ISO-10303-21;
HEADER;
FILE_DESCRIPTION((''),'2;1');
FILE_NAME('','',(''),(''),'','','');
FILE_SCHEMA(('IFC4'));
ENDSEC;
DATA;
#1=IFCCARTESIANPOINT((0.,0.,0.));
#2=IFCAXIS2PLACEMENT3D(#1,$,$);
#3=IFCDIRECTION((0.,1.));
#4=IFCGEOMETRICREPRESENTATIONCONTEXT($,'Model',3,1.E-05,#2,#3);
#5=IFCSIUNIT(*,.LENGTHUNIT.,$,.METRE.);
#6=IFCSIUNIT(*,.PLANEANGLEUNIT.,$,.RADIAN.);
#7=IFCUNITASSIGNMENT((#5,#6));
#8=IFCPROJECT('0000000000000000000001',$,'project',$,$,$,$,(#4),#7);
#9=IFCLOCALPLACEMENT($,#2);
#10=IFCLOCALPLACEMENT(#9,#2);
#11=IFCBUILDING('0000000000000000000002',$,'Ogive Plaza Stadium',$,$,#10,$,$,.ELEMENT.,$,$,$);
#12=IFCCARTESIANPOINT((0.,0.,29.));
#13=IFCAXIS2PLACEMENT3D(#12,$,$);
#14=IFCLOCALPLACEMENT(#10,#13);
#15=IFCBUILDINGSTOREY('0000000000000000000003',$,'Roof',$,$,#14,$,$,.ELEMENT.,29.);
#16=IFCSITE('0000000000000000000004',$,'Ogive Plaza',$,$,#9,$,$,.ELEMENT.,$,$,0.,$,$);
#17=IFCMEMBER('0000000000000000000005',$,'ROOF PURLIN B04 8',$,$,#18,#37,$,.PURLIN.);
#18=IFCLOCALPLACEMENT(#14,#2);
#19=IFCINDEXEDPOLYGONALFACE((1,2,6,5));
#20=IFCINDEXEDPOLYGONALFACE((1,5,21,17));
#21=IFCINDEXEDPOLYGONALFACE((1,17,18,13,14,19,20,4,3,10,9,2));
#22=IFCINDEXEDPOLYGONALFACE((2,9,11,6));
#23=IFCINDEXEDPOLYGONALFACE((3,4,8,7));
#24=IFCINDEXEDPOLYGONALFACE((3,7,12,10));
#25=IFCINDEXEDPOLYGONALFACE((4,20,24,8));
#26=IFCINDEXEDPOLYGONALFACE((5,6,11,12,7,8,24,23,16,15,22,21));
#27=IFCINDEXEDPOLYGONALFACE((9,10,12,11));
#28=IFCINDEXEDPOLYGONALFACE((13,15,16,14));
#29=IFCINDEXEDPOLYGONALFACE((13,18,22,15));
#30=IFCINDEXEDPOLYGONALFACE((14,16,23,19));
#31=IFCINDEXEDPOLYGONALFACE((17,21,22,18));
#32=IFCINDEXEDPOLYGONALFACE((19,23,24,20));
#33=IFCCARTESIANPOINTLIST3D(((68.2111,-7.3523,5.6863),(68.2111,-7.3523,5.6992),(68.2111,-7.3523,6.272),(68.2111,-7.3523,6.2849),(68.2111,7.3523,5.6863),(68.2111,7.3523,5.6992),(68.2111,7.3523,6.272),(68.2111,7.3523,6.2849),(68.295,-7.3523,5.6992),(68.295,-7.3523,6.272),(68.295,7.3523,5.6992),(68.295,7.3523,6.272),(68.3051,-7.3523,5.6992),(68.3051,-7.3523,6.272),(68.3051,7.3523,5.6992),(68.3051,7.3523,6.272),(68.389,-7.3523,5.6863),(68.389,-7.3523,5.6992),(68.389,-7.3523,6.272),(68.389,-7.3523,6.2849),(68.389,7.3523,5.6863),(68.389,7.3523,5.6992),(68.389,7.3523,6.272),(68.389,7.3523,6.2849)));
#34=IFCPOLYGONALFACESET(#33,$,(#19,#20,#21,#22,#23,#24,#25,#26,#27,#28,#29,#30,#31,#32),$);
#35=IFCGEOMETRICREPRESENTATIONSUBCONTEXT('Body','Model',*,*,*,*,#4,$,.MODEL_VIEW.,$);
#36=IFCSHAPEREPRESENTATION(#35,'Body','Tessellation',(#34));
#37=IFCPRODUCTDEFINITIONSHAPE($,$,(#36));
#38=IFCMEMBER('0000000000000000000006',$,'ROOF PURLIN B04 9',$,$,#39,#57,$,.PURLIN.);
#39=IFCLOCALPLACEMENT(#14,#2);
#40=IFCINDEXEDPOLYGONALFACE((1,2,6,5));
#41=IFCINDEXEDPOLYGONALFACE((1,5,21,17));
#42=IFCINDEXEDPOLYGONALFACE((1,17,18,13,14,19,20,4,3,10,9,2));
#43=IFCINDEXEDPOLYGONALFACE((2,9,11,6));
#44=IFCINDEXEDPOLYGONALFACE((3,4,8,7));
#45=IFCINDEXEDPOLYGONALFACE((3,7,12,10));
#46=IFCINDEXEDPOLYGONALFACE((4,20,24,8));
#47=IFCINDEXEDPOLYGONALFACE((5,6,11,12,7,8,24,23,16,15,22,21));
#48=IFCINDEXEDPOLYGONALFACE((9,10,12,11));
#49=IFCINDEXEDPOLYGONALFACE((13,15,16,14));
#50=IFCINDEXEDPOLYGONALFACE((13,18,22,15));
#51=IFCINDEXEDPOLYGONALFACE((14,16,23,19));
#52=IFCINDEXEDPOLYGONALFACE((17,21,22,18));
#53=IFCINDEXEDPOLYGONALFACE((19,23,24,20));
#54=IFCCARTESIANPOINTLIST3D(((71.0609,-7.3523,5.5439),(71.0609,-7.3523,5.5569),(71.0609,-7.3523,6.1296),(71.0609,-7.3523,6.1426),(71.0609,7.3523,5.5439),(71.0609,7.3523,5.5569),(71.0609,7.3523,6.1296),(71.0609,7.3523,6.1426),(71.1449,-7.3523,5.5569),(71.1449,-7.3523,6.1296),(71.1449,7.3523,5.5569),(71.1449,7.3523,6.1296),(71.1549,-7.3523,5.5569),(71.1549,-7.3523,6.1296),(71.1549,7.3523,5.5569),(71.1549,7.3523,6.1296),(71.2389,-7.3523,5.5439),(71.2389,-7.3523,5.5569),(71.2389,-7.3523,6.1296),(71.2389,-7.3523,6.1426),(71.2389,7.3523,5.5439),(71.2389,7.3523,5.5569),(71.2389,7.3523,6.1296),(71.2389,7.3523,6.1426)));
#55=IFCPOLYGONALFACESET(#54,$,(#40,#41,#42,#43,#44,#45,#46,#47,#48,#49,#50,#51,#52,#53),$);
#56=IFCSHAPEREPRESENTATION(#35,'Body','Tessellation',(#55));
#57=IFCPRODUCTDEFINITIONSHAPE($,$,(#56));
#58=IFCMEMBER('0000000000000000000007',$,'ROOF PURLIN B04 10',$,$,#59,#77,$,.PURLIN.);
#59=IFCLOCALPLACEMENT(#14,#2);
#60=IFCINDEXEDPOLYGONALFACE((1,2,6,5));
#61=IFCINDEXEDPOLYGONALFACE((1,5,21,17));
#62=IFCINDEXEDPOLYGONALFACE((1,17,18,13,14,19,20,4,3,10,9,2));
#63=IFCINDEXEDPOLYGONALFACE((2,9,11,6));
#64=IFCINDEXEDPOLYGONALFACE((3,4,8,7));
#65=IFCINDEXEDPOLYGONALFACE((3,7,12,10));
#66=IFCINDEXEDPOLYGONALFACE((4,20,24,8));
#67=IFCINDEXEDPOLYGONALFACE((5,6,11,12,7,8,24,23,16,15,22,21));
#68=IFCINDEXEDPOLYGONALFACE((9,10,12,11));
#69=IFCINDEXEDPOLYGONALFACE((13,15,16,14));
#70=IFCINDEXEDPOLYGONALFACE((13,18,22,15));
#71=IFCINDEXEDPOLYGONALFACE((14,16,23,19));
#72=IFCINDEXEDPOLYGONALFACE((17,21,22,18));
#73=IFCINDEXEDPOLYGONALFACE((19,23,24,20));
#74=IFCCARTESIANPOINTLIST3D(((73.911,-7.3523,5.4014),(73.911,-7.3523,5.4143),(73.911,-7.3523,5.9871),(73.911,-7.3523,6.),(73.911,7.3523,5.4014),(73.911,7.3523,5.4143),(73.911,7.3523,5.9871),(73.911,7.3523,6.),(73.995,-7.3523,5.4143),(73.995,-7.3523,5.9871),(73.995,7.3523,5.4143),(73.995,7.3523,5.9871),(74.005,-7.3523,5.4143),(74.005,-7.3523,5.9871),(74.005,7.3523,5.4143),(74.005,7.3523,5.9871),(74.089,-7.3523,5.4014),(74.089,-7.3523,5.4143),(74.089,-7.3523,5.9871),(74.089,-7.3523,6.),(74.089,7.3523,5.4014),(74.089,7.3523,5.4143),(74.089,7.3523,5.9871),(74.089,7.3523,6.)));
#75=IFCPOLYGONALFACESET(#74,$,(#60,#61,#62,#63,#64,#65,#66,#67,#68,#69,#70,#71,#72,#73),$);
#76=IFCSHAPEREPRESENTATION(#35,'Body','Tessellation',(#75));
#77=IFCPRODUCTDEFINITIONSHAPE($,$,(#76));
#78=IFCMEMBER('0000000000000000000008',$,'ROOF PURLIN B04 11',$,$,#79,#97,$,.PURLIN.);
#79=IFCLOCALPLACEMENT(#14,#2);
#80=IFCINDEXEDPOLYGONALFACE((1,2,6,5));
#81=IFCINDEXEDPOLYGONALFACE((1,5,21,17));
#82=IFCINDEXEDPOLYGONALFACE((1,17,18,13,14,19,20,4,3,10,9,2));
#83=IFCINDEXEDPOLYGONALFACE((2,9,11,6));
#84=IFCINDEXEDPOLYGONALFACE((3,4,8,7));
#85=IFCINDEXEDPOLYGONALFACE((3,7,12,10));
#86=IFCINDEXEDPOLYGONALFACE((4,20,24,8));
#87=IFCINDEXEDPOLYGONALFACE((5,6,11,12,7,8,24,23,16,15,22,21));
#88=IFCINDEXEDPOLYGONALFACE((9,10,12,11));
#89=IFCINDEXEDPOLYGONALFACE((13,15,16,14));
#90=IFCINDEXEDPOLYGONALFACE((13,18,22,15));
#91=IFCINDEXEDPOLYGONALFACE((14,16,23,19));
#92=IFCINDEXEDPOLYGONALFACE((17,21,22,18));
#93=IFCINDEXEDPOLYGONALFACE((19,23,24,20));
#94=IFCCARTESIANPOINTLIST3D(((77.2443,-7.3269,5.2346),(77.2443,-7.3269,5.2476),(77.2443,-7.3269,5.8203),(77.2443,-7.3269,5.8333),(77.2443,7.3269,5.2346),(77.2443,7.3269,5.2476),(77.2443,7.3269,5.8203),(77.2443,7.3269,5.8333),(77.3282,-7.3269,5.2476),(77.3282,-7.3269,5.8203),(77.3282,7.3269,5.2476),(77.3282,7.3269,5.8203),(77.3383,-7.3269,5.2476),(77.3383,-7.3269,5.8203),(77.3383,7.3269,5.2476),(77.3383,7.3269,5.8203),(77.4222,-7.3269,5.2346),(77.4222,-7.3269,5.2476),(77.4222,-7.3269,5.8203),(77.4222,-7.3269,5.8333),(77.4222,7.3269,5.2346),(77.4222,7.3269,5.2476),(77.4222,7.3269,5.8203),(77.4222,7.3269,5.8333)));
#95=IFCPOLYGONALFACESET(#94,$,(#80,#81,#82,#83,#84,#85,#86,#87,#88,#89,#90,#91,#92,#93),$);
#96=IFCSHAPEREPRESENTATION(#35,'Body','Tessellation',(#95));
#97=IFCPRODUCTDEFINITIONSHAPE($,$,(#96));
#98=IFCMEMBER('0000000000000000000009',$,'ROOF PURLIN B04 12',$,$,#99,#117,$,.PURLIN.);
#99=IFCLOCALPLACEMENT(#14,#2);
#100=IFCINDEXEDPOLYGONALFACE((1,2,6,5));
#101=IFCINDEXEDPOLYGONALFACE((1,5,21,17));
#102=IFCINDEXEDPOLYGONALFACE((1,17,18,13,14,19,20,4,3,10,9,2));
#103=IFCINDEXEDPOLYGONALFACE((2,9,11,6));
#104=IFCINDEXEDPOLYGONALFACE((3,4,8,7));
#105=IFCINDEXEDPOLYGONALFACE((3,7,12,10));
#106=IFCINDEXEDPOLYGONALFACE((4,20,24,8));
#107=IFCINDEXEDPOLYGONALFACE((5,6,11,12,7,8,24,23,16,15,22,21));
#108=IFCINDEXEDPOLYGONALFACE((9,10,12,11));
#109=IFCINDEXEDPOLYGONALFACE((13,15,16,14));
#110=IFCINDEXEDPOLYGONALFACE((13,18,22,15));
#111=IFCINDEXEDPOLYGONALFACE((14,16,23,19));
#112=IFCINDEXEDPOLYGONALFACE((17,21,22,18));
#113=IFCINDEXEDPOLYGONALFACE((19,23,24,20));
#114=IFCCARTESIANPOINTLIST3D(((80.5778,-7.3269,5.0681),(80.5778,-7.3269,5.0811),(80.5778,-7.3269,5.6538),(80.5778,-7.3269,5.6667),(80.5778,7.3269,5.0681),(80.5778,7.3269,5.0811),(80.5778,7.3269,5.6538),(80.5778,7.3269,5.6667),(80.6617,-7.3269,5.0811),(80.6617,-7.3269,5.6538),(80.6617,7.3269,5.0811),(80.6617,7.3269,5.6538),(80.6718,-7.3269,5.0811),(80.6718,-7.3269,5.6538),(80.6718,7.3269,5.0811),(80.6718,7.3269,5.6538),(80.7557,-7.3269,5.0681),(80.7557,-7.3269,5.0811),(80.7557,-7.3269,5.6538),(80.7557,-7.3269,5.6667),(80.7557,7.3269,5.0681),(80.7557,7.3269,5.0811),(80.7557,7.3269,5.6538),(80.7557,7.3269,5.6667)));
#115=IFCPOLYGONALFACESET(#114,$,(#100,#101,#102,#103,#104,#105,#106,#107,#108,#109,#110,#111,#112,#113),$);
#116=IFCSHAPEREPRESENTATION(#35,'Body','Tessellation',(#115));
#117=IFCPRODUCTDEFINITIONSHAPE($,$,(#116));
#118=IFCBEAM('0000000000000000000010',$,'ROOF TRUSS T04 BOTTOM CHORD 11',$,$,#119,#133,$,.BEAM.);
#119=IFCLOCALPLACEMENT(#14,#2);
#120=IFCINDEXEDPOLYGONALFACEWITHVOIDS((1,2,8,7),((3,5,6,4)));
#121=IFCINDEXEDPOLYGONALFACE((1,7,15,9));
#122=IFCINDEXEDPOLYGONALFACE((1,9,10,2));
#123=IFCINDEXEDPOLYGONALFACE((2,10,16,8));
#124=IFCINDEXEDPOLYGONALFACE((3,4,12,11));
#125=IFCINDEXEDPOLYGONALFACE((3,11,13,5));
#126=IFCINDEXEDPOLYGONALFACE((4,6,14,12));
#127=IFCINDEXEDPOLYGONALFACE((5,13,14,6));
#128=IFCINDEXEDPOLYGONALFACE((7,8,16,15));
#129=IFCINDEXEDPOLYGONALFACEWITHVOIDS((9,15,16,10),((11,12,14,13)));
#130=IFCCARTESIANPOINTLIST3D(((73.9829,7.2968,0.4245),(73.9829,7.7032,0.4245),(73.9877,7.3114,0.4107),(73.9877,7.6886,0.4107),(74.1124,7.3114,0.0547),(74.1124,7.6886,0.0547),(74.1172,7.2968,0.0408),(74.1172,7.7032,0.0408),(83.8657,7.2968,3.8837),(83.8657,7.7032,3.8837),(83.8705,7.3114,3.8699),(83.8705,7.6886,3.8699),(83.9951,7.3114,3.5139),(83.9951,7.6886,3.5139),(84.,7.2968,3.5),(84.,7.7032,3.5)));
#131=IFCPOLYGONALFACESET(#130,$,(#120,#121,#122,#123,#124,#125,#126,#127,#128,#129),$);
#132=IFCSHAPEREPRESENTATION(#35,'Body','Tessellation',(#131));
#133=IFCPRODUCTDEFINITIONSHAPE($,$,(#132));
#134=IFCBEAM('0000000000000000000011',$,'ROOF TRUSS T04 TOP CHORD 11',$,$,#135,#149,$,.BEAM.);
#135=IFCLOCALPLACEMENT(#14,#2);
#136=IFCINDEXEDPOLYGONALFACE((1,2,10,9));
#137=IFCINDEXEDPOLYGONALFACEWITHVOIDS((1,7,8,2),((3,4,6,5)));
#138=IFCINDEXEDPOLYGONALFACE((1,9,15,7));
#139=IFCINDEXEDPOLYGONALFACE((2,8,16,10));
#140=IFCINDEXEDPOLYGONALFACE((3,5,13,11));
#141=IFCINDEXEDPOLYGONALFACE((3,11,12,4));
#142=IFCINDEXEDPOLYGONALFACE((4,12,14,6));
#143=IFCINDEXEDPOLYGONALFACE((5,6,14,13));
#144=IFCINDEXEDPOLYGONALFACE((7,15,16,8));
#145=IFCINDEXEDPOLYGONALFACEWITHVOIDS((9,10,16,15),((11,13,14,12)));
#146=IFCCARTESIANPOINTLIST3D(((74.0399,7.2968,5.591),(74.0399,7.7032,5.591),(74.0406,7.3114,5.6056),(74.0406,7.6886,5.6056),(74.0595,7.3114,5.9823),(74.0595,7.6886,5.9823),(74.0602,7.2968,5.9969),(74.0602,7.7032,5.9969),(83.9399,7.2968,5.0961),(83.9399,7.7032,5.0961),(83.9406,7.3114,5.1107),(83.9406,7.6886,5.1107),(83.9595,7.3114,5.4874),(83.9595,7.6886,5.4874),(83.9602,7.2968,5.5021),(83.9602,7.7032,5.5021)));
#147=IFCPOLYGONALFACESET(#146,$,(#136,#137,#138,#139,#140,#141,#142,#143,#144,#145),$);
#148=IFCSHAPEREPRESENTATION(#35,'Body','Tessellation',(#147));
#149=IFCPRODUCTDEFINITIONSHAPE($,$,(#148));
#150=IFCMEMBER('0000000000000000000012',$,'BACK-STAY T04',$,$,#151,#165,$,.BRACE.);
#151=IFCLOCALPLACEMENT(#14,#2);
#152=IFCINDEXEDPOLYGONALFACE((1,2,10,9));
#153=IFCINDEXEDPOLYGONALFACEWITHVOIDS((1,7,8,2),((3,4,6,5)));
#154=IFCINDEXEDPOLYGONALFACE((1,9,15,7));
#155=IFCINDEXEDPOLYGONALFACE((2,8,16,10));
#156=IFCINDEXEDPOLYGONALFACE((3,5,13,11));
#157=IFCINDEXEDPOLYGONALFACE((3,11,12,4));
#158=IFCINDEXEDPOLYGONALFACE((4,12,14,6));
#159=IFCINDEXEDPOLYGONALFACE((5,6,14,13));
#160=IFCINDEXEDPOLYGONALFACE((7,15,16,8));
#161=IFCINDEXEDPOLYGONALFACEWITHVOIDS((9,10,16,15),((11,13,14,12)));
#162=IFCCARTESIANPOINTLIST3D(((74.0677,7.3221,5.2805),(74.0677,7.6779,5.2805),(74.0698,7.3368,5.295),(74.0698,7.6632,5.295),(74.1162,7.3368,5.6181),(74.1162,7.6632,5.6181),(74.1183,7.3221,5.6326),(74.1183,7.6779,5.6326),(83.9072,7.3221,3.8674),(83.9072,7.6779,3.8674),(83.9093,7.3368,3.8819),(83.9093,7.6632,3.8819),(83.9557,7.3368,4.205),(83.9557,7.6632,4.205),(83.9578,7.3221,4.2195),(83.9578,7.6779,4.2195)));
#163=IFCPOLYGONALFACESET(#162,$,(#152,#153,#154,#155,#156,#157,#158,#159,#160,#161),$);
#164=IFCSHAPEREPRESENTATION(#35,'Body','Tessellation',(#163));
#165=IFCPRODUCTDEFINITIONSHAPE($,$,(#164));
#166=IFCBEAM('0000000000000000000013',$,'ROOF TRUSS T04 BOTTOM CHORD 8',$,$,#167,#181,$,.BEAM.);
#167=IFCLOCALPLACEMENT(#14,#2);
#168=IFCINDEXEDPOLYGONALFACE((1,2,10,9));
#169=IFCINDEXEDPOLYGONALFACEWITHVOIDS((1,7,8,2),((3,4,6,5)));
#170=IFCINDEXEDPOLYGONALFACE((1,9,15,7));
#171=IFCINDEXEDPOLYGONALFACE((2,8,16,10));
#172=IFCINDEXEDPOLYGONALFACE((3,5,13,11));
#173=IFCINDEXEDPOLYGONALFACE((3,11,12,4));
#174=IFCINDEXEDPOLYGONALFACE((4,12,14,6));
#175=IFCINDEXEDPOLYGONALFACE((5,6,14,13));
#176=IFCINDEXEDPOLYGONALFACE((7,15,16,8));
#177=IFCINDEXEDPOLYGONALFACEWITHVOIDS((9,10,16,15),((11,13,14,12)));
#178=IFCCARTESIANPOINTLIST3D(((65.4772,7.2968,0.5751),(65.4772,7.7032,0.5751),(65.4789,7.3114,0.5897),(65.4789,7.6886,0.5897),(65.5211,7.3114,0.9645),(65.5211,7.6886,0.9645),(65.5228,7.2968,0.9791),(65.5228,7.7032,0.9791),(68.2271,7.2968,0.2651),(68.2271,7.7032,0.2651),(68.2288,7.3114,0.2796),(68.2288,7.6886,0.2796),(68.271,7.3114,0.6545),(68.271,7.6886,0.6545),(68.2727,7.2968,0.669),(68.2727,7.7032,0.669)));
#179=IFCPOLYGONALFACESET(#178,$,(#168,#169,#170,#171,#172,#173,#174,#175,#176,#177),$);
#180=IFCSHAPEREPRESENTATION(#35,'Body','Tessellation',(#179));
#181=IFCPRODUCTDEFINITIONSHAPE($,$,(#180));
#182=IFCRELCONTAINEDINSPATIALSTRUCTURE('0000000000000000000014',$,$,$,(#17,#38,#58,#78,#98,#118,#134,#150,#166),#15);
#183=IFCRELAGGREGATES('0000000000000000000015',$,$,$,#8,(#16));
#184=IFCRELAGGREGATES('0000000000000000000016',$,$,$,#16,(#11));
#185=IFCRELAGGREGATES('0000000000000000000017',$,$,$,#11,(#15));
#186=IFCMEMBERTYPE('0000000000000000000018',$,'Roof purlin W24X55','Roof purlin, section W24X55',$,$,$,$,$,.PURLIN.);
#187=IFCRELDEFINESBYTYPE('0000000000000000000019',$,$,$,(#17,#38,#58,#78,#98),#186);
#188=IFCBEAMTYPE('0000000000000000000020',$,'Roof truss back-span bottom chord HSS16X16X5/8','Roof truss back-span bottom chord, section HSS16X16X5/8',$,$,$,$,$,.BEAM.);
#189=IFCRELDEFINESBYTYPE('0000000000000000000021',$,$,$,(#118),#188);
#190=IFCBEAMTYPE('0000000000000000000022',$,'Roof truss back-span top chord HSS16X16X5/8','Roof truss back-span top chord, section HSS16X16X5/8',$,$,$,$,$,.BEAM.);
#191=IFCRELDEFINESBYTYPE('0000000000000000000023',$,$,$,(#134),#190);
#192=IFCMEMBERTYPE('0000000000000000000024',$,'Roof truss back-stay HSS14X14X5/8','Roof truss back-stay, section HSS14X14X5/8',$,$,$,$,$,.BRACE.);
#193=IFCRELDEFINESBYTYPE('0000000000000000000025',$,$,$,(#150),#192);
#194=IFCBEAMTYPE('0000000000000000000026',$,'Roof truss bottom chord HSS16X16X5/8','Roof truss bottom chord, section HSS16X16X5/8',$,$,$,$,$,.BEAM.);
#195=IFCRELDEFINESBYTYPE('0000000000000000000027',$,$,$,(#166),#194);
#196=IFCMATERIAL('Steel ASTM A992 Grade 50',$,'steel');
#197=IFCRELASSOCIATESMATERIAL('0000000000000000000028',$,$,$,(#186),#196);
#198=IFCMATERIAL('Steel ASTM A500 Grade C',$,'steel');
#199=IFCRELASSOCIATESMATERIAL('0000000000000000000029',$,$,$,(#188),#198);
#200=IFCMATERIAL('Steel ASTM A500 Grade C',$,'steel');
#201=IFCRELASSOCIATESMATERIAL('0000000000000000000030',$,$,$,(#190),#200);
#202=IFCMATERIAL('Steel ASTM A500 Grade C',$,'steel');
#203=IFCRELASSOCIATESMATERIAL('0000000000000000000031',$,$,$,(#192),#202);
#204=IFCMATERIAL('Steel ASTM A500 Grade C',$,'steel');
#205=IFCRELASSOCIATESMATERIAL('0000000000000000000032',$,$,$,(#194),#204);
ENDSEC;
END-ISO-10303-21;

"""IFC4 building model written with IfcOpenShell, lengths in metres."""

from ifc_helpers import new_model, si_unit, direction, frame, origin, origin_2d, place, context, subcontext, project, spatial, hollow_rectangle, i_section, extrude, material, material_profile, profile_set, type_object, element, save


model = new_model("IFC4")

# Units and contexts
model_context = context("Model", 3, precision=1e-05, world=origin(), true_north=direction((0.0, 1.0)))
body_context = subcontext(model_context, "Body", "Model", "MODEL_VIEW")
ifc_project = project(units=[si_unit("LENGTHUNIT", "METRE"), si_unit("PLANEANGLEUNIT", "RADIAN")], contexts=[model_context])

# Site, building, storey
site_placement = place(None, origin())
site = spatial("IfcSite", under=ifc_project, at=site_placement, Name="Ogive Plaza", CompositionType="ELEMENT", RefElevation=0.0)
building_placement = place(site_placement, origin())
building = spatial("IfcBuilding", under=site, at=building_placement, Name="Ogive Plaza Stadium", CompositionType="ELEMENT")
storey_placement = place(building_placement, frame((0.0, 0.0, 29.0)))
storey = spatial("IfcBuildingStorey", under=building, at=storey_placement, Name="Roof", CompositionType="ELEMENT", Elevation=29.0)

# Members
ifc_material_1 = material(Name="Steel ASTM A992 Grade 50", Category="steel")
ifc_material_profile_1 = material_profile(ifc_material_1, i_section(OverallWidth=0.178, OverallDepth=0.5986, WebThickness=0.01, FlangeThickness=0.0129, at=origin_2d()), Name="W24X55")
ifc_profile_set_1 = profile_set([ifc_material_profile_1], Name="Steel ASTM A992 Grade 50")
member_type_1 = type_object("IfcMemberType", Name="Roof purlin W24X55", Description="Roof purlin, section W24X55", PredefinedType="PURLIN", material=ifc_profile_set_1)
for number, where, z_axis, x_axis, name in (
    (1, (68.3, 7.3523, 5.9856), (0.0, -1.0, 0.0), (1.0, 0.0, 0.0), "ROOF PURLIN B04 8"),
    (2, (71.1499, 7.3523, 5.8433), (0.0, -1.0, 0.0), (1.0, 0.0, 0.0), "ROOF PURLIN B04 9"),
    (3, (74.0, 7.3523, 5.7007), (0.0, -1.0, 0.0), (1.0, 0.0, 0.0), "ROOF PURLIN B04 10"),
):
    element("IfcMember", number, at=place(storey_placement, frame(where, z_axis=z_axis, x_axis=x_axis)), inside=storey, type_object=member_type_1, Name=name, PredefinedType="PURLIN", context=body_context, shape_type="SweptSolid", body=[
        extrude(i_section(OverallWidth=0.178, OverallDepth=0.5986, WebThickness=0.01, FlangeThickness=0.0129, at=origin_2d()), origin(), (0.0, 0.0, 1.0), 14.7046),
    ])
for number, where, z_axis, x_axis, name in (
    (4, (77.3333, 7.3269, 5.5339), (0.0, -1.0, 0.0), (1.0, 0.0, 0.0), "ROOF PURLIN B04 11"),
    (5, (80.6667, 7.3269, 5.3674), (0.0, -1.0, 0.0), (1.0, 0.0, 0.0), "ROOF PURLIN B04 12"),
):
    element("IfcMember", number, at=place(storey_placement, frame(where, z_axis=z_axis, x_axis=x_axis)), inside=storey, type_object=member_type_1, Name=name, PredefinedType="PURLIN", context=body_context, shape_type="SweptSolid", body=[
        extrude(i_section(OverallWidth=0.178, OverallDepth=0.5986, WebThickness=0.01, FlangeThickness=0.0129, at=origin_2d()), origin(), (0.0, 0.0, 1.0), 14.6538),
    ])

# Beams
ifc_material_2 = material(Name="Steel ASTM A500 Grade C", Category="steel")
ifc_material_profile_2 = material_profile(ifc_material_2, hollow_rectangle(XDim=0.4065, YDim=0.4065, WallThickness=0.0146, at=origin_2d()), Name="HSS16X16X5/8")
ifc_profile_set_2 = profile_set([ifc_material_profile_2], Name="Steel ASTM A500 Grade C")
beam_type_1 = type_object("IfcBeamType", Name="Roof truss back-span bottom chord HSS16X16X5/8", Description="Roof truss back-span bottom chord, section HSS16X16X5/8", PredefinedType="BEAM", material=ifc_profile_set_2)
beam_1_placement = place(storey_placement, frame((74.05, 7.5, 0.2327), z_axis=(0.943851, 0.0, 0.330371), x_axis=(0.0, 1.0, 0.0)))
element("IfcBeam", 6, at=beam_1_placement, inside=storey, type_object=beam_type_1, Name="ROOF TRUSS T04 BOTTOM CHORD 11", PredefinedType="BEAM", context=body_context, shape_type="SweptSolid", body=[
    extrude(hollow_rectangle(XDim=0.4065, YDim=0.4065, WallThickness=0.0146, at=origin_2d()), origin(), (0.0, 0.0, 1.0), 10.4707),
])
ifc_material_3 = material(Name="Steel ASTM A500 Grade C", Category="steel")
ifc_material_profile_3 = material_profile(ifc_material_3, hollow_rectangle(XDim=0.4065, YDim=0.4065, WallThickness=0.0146, at=origin_2d()), Name="HSS16X16X5/8")
ifc_profile_set_3 = profile_set([ifc_material_profile_3], Name="Steel ASTM A500 Grade C")
beam_type_2 = type_object("IfcBeamType", Name="Roof truss back-span top chord HSS16X16X5/8", Description="Roof truss back-span top chord, section HSS16X16X5/8", PredefinedType="BEAM", material=ifc_profile_set_3)
beam_2_placement = place(storey_placement, frame((74.05, 7.5, 5.7939), z_axis=(0.998753, 0.0, -0.049925), x_axis=(0.0, 1.0, 0.0)))
element("IfcBeam", 7, at=beam_2_placement, inside=storey, type_object=beam_type_2, Name="ROOF TRUSS T04 TOP CHORD 11", PredefinedType="BEAM", context=body_context, shape_type="SweptSolid", body=[
    extrude(hollow_rectangle(XDim=0.4065, YDim=0.4065, WallThickness=0.0146, at=origin_2d()), origin(), (0.0, 0.0, 1.0), 9.9124),
])

# Member
ifc_material_4 = material(Name="Steel ASTM A500 Grade C", Category="steel")
ifc_material_profile_4 = material_profile(ifc_material_4, hollow_rectangle(XDim=0.3557, YDim=0.3557, WallThickness=0.0146, at=origin_2d()), Name="HSS14X14X5/8")
ifc_profile_set_4 = profile_set([ifc_material_profile_4], Name="Steel ASTM A500 Grade C")
member_type_2 = type_object("IfcMemberType", Name="Roof truss back-stay HSS14X14X5/8", Description="Roof truss back-stay, section HSS14X14X5/8", PredefinedType="BRACE", material=ifc_profile_set_4)
member_1_placement = place(storey_placement, frame((74.093, 7.5, 5.4565), z_axis=(0.989844, 0.0, -0.142157), x_axis=(0.0, 1.0, 0.0)))
element("IfcMember", 8, at=member_1_placement, inside=storey, type_object=member_type_2, Name="BACK-STAY T04", PredefinedType="BRACE", context=body_context, shape_type="SweptSolid", body=[
    extrude(hollow_rectangle(XDim=0.3557, YDim=0.3557, WallThickness=0.0146, at=origin_2d()), origin(), (0.0, 0.0, 1.0), 9.9404),
])

# Beam
ifc_material_5 = material(Name="Steel ASTM A500 Grade C", Category="steel")
ifc_material_profile_5 = material_profile(ifc_material_5, hollow_rectangle(XDim=0.4065, YDim=0.4065, WallThickness=0.0146, at=origin_2d()), Name="HSS16X16X5/8")
ifc_profile_set_5 = profile_set([ifc_material_profile_5], Name="Steel ASTM A500 Grade C")
beam_type_3 = type_object("IfcBeamType", Name="Roof truss bottom chord HSS16X16X5/8", Description="Roof truss bottom chord, section HSS16X16X5/8", PredefinedType="BEAM", material=ifc_profile_set_5)
beam_3_placement = place(storey_placement, frame((65.5, 7.5, 0.7771), z_axis=(0.993704, 0.0, -0.112039), x_axis=(0.0, 1.0, 0.0)))
element("IfcBeam", 9, at=beam_3_placement, inside=storey, type_object=beam_type_3, Name="ROOF TRUSS T04 BOTTOM CHORD 8", PredefinedType="BEAM", context=body_context, shape_type="SweptSolid", body=[
    extrude(hollow_rectangle(XDim=0.4065, YDim=0.4065, WallThickness=0.0146, at=origin_2d()), origin(), (0.0, 0.0, 1.0), 2.7673),
])

save(model, "model.ifc")
